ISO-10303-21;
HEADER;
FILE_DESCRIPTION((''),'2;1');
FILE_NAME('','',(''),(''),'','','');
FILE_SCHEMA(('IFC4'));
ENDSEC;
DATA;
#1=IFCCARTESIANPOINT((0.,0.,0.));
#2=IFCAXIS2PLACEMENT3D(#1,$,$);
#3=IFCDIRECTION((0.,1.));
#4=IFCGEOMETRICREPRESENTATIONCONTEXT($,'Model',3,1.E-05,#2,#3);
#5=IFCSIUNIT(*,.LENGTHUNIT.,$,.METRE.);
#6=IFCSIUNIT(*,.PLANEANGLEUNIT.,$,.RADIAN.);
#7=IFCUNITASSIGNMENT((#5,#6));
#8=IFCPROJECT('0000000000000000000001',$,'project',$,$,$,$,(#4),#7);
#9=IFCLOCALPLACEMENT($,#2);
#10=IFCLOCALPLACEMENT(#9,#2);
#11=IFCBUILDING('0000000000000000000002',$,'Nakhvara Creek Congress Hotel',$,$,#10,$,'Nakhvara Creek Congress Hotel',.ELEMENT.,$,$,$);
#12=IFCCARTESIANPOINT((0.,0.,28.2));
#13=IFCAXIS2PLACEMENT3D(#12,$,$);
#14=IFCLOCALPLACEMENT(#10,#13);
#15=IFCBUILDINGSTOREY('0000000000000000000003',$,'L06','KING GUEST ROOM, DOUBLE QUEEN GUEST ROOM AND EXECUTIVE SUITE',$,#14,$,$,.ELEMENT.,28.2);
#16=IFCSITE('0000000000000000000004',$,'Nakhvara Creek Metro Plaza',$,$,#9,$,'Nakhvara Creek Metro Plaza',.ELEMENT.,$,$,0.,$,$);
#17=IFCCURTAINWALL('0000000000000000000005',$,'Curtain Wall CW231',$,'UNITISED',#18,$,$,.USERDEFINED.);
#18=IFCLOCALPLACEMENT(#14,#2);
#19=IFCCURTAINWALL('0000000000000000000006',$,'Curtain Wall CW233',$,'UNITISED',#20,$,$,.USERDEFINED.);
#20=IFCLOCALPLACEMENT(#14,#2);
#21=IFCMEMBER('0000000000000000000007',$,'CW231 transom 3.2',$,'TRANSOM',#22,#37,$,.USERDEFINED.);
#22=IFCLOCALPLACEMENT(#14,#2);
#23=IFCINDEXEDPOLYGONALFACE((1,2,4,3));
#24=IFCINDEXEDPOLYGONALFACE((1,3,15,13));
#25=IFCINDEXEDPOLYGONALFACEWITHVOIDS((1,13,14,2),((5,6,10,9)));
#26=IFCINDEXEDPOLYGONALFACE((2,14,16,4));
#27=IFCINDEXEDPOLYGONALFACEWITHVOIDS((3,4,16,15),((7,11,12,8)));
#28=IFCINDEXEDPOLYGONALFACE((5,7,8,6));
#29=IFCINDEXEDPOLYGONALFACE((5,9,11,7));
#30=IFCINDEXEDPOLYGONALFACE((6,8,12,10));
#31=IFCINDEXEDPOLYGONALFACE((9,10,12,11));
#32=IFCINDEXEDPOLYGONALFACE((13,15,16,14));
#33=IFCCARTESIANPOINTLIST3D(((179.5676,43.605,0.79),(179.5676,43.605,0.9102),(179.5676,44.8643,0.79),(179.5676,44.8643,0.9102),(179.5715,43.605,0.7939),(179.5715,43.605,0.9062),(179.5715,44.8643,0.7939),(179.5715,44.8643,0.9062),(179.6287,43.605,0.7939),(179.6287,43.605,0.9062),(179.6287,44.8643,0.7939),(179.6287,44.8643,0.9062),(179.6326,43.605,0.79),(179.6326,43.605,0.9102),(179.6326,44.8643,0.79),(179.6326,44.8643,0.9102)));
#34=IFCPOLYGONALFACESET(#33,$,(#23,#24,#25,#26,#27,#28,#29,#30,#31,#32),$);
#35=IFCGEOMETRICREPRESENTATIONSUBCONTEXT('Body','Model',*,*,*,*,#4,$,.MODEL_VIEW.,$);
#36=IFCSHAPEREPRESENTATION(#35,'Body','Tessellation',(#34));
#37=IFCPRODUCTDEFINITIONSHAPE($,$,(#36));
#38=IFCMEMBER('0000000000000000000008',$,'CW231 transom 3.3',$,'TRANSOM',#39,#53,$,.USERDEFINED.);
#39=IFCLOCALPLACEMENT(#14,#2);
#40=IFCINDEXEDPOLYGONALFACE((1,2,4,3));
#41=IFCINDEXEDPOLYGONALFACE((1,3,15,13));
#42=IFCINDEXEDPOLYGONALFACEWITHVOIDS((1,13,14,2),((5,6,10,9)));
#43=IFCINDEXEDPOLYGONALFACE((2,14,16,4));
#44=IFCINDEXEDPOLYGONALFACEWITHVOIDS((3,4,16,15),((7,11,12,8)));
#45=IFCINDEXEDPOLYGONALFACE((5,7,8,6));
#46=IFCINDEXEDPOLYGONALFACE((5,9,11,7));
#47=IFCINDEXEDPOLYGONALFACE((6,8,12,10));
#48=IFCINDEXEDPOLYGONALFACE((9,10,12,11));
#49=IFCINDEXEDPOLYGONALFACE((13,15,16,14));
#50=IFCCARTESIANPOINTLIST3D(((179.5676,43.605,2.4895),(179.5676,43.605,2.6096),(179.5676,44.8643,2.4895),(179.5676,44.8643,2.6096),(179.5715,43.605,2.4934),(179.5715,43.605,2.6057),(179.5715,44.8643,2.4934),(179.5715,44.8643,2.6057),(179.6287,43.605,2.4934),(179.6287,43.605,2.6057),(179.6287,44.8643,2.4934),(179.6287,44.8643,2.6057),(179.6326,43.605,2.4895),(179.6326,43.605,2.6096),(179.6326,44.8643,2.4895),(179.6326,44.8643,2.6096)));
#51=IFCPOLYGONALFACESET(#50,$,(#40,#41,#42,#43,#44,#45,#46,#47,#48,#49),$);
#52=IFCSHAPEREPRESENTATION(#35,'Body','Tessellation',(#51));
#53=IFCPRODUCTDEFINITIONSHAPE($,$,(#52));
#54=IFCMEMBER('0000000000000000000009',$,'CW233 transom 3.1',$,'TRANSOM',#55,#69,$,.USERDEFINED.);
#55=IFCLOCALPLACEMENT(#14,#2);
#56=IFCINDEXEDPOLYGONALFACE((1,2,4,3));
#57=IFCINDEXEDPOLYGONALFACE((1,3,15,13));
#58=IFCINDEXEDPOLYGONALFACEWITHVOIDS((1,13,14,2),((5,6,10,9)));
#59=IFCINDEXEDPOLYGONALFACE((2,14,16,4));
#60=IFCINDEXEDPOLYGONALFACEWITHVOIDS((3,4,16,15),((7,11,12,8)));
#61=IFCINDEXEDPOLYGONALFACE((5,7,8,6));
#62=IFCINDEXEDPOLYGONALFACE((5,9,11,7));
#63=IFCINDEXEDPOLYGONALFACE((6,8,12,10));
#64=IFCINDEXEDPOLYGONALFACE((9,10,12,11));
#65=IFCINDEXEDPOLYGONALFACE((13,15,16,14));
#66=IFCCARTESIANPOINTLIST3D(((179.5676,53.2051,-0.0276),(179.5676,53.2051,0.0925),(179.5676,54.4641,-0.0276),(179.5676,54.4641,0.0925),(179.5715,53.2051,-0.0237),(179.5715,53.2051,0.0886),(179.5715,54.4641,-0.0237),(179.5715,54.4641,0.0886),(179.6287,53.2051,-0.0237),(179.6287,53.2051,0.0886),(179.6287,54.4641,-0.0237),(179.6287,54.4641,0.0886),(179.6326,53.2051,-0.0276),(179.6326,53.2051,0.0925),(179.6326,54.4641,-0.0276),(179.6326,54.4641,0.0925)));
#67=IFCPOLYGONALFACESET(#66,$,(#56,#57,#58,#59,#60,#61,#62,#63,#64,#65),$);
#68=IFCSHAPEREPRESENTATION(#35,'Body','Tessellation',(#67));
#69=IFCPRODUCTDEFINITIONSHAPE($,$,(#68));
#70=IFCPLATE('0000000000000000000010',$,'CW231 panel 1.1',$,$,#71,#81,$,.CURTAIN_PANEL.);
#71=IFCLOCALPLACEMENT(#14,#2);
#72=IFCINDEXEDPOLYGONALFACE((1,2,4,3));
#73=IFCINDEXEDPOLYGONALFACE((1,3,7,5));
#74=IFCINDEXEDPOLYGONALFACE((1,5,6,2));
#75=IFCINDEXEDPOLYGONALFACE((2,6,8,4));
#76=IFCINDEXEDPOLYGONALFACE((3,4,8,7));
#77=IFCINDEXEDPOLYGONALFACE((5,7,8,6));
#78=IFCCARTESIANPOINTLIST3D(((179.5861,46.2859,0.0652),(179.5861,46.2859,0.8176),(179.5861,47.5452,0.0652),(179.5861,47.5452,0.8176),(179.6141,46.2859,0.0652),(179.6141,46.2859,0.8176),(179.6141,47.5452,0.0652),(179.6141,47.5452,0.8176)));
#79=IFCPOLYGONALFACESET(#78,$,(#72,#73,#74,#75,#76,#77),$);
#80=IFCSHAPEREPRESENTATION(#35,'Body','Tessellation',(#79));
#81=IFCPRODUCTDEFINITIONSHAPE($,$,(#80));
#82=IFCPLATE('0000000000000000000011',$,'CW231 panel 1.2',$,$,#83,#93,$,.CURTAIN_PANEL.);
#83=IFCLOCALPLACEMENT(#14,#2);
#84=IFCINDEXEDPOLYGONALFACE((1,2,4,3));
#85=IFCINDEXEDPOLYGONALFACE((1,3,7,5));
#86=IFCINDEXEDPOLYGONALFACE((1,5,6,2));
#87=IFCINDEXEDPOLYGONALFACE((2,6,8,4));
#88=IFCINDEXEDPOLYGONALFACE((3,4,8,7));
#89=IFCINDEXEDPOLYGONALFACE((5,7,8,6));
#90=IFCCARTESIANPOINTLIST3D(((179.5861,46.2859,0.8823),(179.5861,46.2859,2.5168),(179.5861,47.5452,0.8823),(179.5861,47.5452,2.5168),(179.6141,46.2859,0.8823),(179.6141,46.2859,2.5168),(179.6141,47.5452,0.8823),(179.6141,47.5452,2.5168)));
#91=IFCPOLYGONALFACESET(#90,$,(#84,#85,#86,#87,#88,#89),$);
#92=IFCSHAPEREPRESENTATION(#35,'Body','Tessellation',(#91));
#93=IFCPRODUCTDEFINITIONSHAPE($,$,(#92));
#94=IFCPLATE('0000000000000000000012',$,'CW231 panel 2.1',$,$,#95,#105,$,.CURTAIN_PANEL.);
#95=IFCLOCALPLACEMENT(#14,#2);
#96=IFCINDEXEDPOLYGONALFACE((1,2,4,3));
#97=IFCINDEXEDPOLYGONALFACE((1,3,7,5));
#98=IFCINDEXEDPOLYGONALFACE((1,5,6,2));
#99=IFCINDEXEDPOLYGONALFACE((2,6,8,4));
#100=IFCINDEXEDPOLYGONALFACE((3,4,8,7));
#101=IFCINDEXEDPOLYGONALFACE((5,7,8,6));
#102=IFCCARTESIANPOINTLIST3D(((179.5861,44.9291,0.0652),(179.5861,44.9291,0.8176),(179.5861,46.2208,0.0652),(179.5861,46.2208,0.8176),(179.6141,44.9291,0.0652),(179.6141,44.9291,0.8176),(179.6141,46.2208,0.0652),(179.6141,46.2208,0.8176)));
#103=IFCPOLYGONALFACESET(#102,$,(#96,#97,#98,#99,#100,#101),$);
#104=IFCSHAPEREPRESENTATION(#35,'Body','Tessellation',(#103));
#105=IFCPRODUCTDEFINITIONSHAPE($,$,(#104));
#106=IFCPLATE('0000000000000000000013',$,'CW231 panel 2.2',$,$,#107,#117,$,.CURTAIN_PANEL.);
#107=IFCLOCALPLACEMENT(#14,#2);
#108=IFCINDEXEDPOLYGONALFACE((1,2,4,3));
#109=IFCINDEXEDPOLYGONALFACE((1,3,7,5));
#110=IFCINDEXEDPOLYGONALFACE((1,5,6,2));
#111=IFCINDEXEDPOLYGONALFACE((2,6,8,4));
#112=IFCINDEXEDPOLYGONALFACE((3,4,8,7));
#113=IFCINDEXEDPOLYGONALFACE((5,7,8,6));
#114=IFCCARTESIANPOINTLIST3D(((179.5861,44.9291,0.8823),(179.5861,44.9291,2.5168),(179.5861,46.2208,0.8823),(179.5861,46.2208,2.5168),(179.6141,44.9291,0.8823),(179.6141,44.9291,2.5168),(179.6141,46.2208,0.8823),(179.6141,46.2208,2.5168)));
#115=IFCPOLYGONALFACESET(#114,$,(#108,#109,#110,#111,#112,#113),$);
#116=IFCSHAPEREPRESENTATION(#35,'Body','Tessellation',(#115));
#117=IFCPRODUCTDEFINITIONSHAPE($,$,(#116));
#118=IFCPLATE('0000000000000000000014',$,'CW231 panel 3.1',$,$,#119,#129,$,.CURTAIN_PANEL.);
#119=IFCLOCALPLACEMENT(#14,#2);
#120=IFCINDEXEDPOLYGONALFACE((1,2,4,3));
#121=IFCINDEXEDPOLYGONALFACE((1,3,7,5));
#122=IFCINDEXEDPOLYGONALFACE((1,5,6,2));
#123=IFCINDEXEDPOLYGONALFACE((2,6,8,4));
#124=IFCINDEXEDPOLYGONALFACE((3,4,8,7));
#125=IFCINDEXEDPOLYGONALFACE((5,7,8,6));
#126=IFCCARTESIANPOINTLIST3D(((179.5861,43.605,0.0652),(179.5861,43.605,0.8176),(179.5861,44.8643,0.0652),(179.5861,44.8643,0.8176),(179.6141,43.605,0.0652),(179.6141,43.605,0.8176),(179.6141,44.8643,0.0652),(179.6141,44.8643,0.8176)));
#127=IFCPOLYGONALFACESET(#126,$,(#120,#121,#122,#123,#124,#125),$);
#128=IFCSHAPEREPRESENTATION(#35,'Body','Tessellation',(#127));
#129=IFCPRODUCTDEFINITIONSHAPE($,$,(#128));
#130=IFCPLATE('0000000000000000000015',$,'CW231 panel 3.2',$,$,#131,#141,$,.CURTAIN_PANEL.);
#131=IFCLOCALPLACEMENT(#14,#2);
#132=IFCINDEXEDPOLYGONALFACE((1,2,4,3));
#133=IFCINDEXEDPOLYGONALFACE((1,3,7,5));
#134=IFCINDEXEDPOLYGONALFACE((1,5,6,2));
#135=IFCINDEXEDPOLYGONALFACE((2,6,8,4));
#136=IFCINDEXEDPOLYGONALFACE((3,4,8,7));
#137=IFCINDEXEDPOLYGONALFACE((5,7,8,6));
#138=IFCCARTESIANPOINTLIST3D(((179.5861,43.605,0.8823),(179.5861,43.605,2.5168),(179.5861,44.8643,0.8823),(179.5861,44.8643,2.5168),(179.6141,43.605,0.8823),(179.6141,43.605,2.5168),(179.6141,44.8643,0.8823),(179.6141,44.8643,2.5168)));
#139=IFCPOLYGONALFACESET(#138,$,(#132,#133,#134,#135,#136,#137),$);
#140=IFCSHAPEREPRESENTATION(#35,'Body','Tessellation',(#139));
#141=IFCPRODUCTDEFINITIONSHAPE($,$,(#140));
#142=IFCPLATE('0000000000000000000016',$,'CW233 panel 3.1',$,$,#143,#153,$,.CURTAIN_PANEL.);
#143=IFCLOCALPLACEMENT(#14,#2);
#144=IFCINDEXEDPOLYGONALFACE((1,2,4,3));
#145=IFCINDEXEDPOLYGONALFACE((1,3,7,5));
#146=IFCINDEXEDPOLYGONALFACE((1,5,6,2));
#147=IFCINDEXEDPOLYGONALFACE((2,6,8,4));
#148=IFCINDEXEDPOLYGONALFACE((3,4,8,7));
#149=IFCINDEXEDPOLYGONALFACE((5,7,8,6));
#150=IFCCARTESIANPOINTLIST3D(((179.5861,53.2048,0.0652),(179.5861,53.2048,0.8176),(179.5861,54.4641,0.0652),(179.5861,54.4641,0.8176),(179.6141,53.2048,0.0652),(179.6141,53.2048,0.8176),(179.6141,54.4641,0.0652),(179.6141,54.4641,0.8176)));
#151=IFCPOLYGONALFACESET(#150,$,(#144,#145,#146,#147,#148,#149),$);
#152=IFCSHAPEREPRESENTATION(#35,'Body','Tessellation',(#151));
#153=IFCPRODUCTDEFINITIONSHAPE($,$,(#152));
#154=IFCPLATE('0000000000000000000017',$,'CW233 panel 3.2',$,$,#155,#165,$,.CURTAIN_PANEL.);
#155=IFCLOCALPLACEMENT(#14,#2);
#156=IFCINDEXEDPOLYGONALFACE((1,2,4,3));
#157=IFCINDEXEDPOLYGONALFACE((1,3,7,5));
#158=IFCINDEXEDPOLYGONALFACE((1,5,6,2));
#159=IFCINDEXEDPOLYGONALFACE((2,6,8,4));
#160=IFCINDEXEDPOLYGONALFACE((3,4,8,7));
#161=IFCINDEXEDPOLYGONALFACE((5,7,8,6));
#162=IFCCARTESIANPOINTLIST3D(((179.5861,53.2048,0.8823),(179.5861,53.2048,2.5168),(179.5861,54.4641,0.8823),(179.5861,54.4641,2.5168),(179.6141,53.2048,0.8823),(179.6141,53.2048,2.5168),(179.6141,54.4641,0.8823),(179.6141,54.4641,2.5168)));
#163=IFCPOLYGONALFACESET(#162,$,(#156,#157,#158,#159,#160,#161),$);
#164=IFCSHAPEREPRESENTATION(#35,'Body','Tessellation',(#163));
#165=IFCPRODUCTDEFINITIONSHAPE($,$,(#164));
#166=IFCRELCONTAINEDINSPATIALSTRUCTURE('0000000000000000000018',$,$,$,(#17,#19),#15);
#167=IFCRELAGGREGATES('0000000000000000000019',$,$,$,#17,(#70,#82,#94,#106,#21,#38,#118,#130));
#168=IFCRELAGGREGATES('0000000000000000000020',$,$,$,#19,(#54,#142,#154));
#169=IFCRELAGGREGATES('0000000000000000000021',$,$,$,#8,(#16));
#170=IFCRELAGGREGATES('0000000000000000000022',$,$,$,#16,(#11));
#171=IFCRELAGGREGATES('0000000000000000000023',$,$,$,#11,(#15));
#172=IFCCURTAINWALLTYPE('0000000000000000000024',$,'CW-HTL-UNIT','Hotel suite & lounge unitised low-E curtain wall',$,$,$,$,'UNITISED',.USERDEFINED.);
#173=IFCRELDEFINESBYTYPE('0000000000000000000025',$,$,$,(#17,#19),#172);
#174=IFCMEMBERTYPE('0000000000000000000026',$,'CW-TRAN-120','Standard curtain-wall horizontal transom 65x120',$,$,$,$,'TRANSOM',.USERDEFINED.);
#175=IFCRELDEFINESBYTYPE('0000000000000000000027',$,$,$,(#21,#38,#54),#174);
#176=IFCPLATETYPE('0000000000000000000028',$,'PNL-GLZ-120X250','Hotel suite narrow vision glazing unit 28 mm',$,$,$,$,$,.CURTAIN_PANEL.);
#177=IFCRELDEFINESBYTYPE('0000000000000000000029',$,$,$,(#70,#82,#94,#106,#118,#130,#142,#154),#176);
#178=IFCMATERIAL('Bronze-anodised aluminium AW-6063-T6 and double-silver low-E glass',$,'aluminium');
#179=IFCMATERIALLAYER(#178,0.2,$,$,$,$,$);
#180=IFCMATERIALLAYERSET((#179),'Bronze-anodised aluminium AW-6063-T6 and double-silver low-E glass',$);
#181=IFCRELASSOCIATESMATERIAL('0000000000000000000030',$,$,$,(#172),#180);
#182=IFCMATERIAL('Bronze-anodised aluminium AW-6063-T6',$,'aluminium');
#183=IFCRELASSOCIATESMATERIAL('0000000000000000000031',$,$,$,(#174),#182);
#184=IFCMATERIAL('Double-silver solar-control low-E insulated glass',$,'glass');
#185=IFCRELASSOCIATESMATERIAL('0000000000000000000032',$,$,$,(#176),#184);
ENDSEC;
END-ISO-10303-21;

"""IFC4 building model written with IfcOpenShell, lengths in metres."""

from ifc_helpers import new_model, si_unit, direction, frame, origin, origin_2d, place, context, subcontext, project, spatial, rectangle, hollow_rectangle, extrude, material, layer, layer_set, material_profile, profile_set, type_object, element, aggregate, save


model = new_model("IFC4")

# Units and contexts
model_context = context("Model", 3, precision=1e-05, world=origin(), true_north=direction((0.0, 1.0)))
body_context = subcontext(model_context, "Body", "Model", "MODEL_VIEW")
ifc_project = project(units=[si_unit("LENGTHUNIT", "METRE"), si_unit("PLANEANGLEUNIT", "RADIAN")], contexts=[model_context])

# Site, building, storey
site_placement = place(None, origin())
site = spatial("IfcSite", under=ifc_project, at=site_placement, Name="Nakhvara Creek Metro Plaza", LongName="Nakhvara Creek Metro Plaza", CompositionType="ELEMENT", RefElevation=0.0)
building_placement = place(site_placement, origin())
building = spatial("IfcBuilding", under=site, at=building_placement, Name="Nakhvara Creek Congress Hotel", LongName="Nakhvara Creek Congress Hotel", CompositionType="ELEMENT")
storey_placement = place(building_placement, frame((0.0, 0.0, 28.2)))
storey = spatial("IfcBuildingStorey", under=building, at=storey_placement, Name="L06", Description="KING GUEST ROOM, DOUBLE QUEEN GUEST ROOM AND EXECUTIVE SUITE", CompositionType="ELEMENT", Elevation=28.2)

# Curtain wall
ifc_material_1 = material(Name="Bronze-anodised aluminium AW-6063-T6 and double-silver low-E glass", Category="aluminium")
ifc_layer = layer(ifc_material_1, 0.2)
ifc_layer_set = layer_set([ifc_layer], Name="Bronze-anodised aluminium AW-6063-T6 and double-silver low-E glass")
curtain_wall_type = type_object("IfcCurtainWallType", Name="CW-HTL-UNIT", Description="Hotel suite & lounge unitised low-E curtain wall", ElementType="UNITISED", PredefinedType="USERDEFINED", material=ifc_layer_set)
curtain_wall_1_placement = place(storey_placement, origin())
curtain_wall_1 = element("IfcCurtainWall", 1, at=curtain_wall_1_placement, inside=storey, type_object=curtain_wall_type, Name="Curtain Wall CW231", ObjectType="UNITISED", PredefinedType="USERDEFINED")
ifc_material_2 = material(Name="Bronze-anodised aluminium AW-6063-T6", Category="aluminium")

# Curtain wall
curtain_wall_2_placement = place(storey_placement, origin())
curtain_wall_2 = element("IfcCurtainWall", 2, at=curtain_wall_2_placement, inside=storey, type_object=curtain_wall_type, Name="Curtain Wall CW233", ObjectType="UNITISED", PredefinedType="USERDEFINED")

# Members
ifc_material_profile_1 = material_profile(ifc_material_2, hollow_rectangle(XDim=0.0649, YDim=0.1201, WallThickness=0.0039, at=origin_2d()), Name="ALU-TRAN 65x120x4", Category="LoadBearing")
ifc_profile_set_1 = profile_set([ifc_material_profile_1], Name="Bronze-anodised aluminium AW-6063-T6")
member_type_1 = type_object("IfcMemberType", Name="CW-TRAN-120", Description="Standard curtain-wall horizontal transom 65x120", ElementType="TRANSOM", PredefinedType="USERDEFINED", material=ifc_profile_set_1)
member_1_placement = place(storey_placement, frame((179.6001, 44.8643, 0.8501), z_axis=(0.0, -1.0, 0.0), x_axis=(1.0, 0.0, 0.0)))
member_1 = element("IfcMember", 3, at=member_1_placement, type_object=member_type_1, Name="CW231 transom 3.2", ObjectType="TRANSOM", PredefinedType="USERDEFINED", context=body_context, shape_type="SweptSolid", body=[
    extrude(hollow_rectangle(XDim=0.0649, YDim=0.1201, WallThickness=0.0039, at=origin_2d()), origin(), (0.0, 0.0, 1.0), 1.2593),
])
member_2_placement = place(storey_placement, frame((179.6001, 44.8643, 2.5496), z_axis=(0.0, -1.0, 0.0), x_axis=(1.0, 0.0, 0.0)))
member_2 = element("IfcMember", 4, at=member_2_placement, type_object=member_type_1, Name="CW231 transom 3.3", ObjectType="TRANSOM", PredefinedType="USERDEFINED", context=body_context, shape_type="SweptSolid", body=[
    extrude(hollow_rectangle(XDim=0.0649, YDim=0.1201, WallThickness=0.0039, at=origin_2d()), origin(), (0.0, 0.0, 1.0), 1.2593),
])
member_3_placement = place(storey_placement, frame((179.6001, 54.4641, 0.0325), z_axis=(0.0, -1.0, 0.0), x_axis=(1.0, 0.0, 0.0)))
member_3 = element("IfcMember", 5, at=member_3_placement, type_object=member_type_1, Name="CW233 transom 3.1", ObjectType="TRANSOM", PredefinedType="USERDEFINED", context=body_context, shape_type="SweptSolid", body=[
    extrude(hollow_rectangle(XDim=0.0649, YDim=0.1201, WallThickness=0.0039, at=origin_2d()), origin(), (0.0, 0.0, 1.0), 1.259),
])

# Plates
ifc_material_3 = material(Name="Double-silver solar-control low-E insulated glass", Category="glass")
plate_type = type_object("IfcPlateType", Name="PNL-GLZ-120X250", Description="Hotel suite narrow vision glazing unit 28 mm", PredefinedType="CURTAIN_PANEL", material=ifc_material_3)
plate_1_placement = place(storey_placement, frame((179.6001, 46.9155, 0.0652), z_axis=(0.0, 0.0, 1.0), x_axis=(0.0, -1.0, 0.0)))
plate_1 = element("IfcPlate", 6, at=plate_1_placement, type_object=plate_type, Name="CW231 panel 1.1", PredefinedType="CURTAIN_PANEL", context=body_context, shape_type="SweptSolid", body=[
    extrude(rectangle(XDim=1.2593, YDim=0.0281, at=origin_2d()), origin(), (0.0, 0.0, 1.0), 0.7524),
])
plate_2_placement = place(storey_placement, frame((179.6001, 46.9155, 0.8823), z_axis=(0.0, 0.0, 1.0), x_axis=(0.0, -1.0, 0.0)))
plate_2 = element("IfcPlate", 7, at=plate_2_placement, type_object=plate_type, Name="CW231 panel 1.2", PredefinedType="CURTAIN_PANEL", context=body_context, shape_type="SweptSolid", body=[
    extrude(rectangle(XDim=1.2593, YDim=0.0281, at=origin_2d()), origin(), (0.0, 0.0, 1.0), 1.6345),
])
plate_3_placement = place(storey_placement, frame((179.6001, 45.575, 0.0652), z_axis=(0.0, 0.0, 1.0), x_axis=(0.0, -1.0, 0.0)))
plate_3 = element("IfcPlate", 8, at=plate_3_placement, type_object=plate_type, Name="CW231 panel 2.1", PredefinedType="CURTAIN_PANEL", context=body_context, shape_type="SweptSolid", body=[
    extrude(rectangle(XDim=1.2917, YDim=0.0281, at=origin_2d()), origin(), (0.0, 0.0, 1.0), 0.7524),
])
plate_4_placement = place(storey_placement, frame((179.6001, 45.575, 0.8823), z_axis=(0.0, 0.0, 1.0), x_axis=(0.0, -1.0, 0.0)))
plate_4 = element("IfcPlate", 9, at=plate_4_placement, type_object=plate_type, Name="CW231 panel 2.2", PredefinedType="CURTAIN_PANEL", context=body_context, shape_type="SweptSolid", body=[
    extrude(rectangle(XDim=1.2917, YDim=0.0281, at=origin_2d()), origin(), (0.0, 0.0, 1.0), 1.6345),
])
plate_5_placement = place(storey_placement, frame((179.6001, 44.2346, 0.0652), z_axis=(0.0, 0.0, 1.0), x_axis=(0.0, -1.0, 0.0)))
plate_5 = element("IfcPlate", 10, at=plate_5_placement, type_object=plate_type, Name="CW231 panel 3.1", PredefinedType="CURTAIN_PANEL", context=body_context, shape_type="SweptSolid", body=[
    extrude(rectangle(XDim=1.2593, YDim=0.0281, at=origin_2d()), origin(), (0.0, 0.0, 1.0), 0.7524),
])
plate_6_placement = place(storey_placement, frame((179.6001, 44.2346, 0.8823), z_axis=(0.0, 0.0, 1.0), x_axis=(0.0, -1.0, 0.0)))
plate_6 = element("IfcPlate", 11, at=plate_6_placement, type_object=plate_type, Name="CW231 panel 3.2", PredefinedType="CURTAIN_PANEL", context=body_context, shape_type="SweptSolid", body=[
    extrude(rectangle(XDim=1.2593, YDim=0.0281, at=origin_2d()), origin(), (0.0, 0.0, 1.0), 1.6345),
])
aggregate(curtain_wall_1, [plate_1, plate_2, plate_3, plate_4, member_1, member_2, plate_5, plate_6])
plate_7_placement = place(storey_placement, frame((179.6001, 53.8345, 0.0652), z_axis=(0.0, 0.0, 1.0), x_axis=(0.0, -1.0, 0.0)))
plate_7 = element("IfcPlate", 12, at=plate_7_placement, type_object=plate_type, Name="CW233 panel 3.1", PredefinedType="CURTAIN_PANEL", context=body_context, shape_type="SweptSolid", body=[
    extrude(rectangle(XDim=1.2593, YDim=0.0281, at=origin_2d()), origin(), (0.0, 0.0, 1.0), 0.7524),
])
plate_8_placement = place(storey_placement, frame((179.6001, 53.8345, 0.8823), z_axis=(0.0, 0.0, 1.0), x_axis=(0.0, -1.0, 0.0)))
plate_8 = element("IfcPlate", 13, at=plate_8_placement, type_object=plate_type, Name="CW233 panel 3.2", PredefinedType="CURTAIN_PANEL", context=body_context, shape_type="SweptSolid", body=[
    extrude(rectangle(XDim=1.2593, YDim=0.0281, at=origin_2d()), origin(), (0.0, 0.0, 1.0), 1.6345),
])
aggregate(curtain_wall_2, [member_3, plate_7, plate_8])

save(model, "model.ifc")
